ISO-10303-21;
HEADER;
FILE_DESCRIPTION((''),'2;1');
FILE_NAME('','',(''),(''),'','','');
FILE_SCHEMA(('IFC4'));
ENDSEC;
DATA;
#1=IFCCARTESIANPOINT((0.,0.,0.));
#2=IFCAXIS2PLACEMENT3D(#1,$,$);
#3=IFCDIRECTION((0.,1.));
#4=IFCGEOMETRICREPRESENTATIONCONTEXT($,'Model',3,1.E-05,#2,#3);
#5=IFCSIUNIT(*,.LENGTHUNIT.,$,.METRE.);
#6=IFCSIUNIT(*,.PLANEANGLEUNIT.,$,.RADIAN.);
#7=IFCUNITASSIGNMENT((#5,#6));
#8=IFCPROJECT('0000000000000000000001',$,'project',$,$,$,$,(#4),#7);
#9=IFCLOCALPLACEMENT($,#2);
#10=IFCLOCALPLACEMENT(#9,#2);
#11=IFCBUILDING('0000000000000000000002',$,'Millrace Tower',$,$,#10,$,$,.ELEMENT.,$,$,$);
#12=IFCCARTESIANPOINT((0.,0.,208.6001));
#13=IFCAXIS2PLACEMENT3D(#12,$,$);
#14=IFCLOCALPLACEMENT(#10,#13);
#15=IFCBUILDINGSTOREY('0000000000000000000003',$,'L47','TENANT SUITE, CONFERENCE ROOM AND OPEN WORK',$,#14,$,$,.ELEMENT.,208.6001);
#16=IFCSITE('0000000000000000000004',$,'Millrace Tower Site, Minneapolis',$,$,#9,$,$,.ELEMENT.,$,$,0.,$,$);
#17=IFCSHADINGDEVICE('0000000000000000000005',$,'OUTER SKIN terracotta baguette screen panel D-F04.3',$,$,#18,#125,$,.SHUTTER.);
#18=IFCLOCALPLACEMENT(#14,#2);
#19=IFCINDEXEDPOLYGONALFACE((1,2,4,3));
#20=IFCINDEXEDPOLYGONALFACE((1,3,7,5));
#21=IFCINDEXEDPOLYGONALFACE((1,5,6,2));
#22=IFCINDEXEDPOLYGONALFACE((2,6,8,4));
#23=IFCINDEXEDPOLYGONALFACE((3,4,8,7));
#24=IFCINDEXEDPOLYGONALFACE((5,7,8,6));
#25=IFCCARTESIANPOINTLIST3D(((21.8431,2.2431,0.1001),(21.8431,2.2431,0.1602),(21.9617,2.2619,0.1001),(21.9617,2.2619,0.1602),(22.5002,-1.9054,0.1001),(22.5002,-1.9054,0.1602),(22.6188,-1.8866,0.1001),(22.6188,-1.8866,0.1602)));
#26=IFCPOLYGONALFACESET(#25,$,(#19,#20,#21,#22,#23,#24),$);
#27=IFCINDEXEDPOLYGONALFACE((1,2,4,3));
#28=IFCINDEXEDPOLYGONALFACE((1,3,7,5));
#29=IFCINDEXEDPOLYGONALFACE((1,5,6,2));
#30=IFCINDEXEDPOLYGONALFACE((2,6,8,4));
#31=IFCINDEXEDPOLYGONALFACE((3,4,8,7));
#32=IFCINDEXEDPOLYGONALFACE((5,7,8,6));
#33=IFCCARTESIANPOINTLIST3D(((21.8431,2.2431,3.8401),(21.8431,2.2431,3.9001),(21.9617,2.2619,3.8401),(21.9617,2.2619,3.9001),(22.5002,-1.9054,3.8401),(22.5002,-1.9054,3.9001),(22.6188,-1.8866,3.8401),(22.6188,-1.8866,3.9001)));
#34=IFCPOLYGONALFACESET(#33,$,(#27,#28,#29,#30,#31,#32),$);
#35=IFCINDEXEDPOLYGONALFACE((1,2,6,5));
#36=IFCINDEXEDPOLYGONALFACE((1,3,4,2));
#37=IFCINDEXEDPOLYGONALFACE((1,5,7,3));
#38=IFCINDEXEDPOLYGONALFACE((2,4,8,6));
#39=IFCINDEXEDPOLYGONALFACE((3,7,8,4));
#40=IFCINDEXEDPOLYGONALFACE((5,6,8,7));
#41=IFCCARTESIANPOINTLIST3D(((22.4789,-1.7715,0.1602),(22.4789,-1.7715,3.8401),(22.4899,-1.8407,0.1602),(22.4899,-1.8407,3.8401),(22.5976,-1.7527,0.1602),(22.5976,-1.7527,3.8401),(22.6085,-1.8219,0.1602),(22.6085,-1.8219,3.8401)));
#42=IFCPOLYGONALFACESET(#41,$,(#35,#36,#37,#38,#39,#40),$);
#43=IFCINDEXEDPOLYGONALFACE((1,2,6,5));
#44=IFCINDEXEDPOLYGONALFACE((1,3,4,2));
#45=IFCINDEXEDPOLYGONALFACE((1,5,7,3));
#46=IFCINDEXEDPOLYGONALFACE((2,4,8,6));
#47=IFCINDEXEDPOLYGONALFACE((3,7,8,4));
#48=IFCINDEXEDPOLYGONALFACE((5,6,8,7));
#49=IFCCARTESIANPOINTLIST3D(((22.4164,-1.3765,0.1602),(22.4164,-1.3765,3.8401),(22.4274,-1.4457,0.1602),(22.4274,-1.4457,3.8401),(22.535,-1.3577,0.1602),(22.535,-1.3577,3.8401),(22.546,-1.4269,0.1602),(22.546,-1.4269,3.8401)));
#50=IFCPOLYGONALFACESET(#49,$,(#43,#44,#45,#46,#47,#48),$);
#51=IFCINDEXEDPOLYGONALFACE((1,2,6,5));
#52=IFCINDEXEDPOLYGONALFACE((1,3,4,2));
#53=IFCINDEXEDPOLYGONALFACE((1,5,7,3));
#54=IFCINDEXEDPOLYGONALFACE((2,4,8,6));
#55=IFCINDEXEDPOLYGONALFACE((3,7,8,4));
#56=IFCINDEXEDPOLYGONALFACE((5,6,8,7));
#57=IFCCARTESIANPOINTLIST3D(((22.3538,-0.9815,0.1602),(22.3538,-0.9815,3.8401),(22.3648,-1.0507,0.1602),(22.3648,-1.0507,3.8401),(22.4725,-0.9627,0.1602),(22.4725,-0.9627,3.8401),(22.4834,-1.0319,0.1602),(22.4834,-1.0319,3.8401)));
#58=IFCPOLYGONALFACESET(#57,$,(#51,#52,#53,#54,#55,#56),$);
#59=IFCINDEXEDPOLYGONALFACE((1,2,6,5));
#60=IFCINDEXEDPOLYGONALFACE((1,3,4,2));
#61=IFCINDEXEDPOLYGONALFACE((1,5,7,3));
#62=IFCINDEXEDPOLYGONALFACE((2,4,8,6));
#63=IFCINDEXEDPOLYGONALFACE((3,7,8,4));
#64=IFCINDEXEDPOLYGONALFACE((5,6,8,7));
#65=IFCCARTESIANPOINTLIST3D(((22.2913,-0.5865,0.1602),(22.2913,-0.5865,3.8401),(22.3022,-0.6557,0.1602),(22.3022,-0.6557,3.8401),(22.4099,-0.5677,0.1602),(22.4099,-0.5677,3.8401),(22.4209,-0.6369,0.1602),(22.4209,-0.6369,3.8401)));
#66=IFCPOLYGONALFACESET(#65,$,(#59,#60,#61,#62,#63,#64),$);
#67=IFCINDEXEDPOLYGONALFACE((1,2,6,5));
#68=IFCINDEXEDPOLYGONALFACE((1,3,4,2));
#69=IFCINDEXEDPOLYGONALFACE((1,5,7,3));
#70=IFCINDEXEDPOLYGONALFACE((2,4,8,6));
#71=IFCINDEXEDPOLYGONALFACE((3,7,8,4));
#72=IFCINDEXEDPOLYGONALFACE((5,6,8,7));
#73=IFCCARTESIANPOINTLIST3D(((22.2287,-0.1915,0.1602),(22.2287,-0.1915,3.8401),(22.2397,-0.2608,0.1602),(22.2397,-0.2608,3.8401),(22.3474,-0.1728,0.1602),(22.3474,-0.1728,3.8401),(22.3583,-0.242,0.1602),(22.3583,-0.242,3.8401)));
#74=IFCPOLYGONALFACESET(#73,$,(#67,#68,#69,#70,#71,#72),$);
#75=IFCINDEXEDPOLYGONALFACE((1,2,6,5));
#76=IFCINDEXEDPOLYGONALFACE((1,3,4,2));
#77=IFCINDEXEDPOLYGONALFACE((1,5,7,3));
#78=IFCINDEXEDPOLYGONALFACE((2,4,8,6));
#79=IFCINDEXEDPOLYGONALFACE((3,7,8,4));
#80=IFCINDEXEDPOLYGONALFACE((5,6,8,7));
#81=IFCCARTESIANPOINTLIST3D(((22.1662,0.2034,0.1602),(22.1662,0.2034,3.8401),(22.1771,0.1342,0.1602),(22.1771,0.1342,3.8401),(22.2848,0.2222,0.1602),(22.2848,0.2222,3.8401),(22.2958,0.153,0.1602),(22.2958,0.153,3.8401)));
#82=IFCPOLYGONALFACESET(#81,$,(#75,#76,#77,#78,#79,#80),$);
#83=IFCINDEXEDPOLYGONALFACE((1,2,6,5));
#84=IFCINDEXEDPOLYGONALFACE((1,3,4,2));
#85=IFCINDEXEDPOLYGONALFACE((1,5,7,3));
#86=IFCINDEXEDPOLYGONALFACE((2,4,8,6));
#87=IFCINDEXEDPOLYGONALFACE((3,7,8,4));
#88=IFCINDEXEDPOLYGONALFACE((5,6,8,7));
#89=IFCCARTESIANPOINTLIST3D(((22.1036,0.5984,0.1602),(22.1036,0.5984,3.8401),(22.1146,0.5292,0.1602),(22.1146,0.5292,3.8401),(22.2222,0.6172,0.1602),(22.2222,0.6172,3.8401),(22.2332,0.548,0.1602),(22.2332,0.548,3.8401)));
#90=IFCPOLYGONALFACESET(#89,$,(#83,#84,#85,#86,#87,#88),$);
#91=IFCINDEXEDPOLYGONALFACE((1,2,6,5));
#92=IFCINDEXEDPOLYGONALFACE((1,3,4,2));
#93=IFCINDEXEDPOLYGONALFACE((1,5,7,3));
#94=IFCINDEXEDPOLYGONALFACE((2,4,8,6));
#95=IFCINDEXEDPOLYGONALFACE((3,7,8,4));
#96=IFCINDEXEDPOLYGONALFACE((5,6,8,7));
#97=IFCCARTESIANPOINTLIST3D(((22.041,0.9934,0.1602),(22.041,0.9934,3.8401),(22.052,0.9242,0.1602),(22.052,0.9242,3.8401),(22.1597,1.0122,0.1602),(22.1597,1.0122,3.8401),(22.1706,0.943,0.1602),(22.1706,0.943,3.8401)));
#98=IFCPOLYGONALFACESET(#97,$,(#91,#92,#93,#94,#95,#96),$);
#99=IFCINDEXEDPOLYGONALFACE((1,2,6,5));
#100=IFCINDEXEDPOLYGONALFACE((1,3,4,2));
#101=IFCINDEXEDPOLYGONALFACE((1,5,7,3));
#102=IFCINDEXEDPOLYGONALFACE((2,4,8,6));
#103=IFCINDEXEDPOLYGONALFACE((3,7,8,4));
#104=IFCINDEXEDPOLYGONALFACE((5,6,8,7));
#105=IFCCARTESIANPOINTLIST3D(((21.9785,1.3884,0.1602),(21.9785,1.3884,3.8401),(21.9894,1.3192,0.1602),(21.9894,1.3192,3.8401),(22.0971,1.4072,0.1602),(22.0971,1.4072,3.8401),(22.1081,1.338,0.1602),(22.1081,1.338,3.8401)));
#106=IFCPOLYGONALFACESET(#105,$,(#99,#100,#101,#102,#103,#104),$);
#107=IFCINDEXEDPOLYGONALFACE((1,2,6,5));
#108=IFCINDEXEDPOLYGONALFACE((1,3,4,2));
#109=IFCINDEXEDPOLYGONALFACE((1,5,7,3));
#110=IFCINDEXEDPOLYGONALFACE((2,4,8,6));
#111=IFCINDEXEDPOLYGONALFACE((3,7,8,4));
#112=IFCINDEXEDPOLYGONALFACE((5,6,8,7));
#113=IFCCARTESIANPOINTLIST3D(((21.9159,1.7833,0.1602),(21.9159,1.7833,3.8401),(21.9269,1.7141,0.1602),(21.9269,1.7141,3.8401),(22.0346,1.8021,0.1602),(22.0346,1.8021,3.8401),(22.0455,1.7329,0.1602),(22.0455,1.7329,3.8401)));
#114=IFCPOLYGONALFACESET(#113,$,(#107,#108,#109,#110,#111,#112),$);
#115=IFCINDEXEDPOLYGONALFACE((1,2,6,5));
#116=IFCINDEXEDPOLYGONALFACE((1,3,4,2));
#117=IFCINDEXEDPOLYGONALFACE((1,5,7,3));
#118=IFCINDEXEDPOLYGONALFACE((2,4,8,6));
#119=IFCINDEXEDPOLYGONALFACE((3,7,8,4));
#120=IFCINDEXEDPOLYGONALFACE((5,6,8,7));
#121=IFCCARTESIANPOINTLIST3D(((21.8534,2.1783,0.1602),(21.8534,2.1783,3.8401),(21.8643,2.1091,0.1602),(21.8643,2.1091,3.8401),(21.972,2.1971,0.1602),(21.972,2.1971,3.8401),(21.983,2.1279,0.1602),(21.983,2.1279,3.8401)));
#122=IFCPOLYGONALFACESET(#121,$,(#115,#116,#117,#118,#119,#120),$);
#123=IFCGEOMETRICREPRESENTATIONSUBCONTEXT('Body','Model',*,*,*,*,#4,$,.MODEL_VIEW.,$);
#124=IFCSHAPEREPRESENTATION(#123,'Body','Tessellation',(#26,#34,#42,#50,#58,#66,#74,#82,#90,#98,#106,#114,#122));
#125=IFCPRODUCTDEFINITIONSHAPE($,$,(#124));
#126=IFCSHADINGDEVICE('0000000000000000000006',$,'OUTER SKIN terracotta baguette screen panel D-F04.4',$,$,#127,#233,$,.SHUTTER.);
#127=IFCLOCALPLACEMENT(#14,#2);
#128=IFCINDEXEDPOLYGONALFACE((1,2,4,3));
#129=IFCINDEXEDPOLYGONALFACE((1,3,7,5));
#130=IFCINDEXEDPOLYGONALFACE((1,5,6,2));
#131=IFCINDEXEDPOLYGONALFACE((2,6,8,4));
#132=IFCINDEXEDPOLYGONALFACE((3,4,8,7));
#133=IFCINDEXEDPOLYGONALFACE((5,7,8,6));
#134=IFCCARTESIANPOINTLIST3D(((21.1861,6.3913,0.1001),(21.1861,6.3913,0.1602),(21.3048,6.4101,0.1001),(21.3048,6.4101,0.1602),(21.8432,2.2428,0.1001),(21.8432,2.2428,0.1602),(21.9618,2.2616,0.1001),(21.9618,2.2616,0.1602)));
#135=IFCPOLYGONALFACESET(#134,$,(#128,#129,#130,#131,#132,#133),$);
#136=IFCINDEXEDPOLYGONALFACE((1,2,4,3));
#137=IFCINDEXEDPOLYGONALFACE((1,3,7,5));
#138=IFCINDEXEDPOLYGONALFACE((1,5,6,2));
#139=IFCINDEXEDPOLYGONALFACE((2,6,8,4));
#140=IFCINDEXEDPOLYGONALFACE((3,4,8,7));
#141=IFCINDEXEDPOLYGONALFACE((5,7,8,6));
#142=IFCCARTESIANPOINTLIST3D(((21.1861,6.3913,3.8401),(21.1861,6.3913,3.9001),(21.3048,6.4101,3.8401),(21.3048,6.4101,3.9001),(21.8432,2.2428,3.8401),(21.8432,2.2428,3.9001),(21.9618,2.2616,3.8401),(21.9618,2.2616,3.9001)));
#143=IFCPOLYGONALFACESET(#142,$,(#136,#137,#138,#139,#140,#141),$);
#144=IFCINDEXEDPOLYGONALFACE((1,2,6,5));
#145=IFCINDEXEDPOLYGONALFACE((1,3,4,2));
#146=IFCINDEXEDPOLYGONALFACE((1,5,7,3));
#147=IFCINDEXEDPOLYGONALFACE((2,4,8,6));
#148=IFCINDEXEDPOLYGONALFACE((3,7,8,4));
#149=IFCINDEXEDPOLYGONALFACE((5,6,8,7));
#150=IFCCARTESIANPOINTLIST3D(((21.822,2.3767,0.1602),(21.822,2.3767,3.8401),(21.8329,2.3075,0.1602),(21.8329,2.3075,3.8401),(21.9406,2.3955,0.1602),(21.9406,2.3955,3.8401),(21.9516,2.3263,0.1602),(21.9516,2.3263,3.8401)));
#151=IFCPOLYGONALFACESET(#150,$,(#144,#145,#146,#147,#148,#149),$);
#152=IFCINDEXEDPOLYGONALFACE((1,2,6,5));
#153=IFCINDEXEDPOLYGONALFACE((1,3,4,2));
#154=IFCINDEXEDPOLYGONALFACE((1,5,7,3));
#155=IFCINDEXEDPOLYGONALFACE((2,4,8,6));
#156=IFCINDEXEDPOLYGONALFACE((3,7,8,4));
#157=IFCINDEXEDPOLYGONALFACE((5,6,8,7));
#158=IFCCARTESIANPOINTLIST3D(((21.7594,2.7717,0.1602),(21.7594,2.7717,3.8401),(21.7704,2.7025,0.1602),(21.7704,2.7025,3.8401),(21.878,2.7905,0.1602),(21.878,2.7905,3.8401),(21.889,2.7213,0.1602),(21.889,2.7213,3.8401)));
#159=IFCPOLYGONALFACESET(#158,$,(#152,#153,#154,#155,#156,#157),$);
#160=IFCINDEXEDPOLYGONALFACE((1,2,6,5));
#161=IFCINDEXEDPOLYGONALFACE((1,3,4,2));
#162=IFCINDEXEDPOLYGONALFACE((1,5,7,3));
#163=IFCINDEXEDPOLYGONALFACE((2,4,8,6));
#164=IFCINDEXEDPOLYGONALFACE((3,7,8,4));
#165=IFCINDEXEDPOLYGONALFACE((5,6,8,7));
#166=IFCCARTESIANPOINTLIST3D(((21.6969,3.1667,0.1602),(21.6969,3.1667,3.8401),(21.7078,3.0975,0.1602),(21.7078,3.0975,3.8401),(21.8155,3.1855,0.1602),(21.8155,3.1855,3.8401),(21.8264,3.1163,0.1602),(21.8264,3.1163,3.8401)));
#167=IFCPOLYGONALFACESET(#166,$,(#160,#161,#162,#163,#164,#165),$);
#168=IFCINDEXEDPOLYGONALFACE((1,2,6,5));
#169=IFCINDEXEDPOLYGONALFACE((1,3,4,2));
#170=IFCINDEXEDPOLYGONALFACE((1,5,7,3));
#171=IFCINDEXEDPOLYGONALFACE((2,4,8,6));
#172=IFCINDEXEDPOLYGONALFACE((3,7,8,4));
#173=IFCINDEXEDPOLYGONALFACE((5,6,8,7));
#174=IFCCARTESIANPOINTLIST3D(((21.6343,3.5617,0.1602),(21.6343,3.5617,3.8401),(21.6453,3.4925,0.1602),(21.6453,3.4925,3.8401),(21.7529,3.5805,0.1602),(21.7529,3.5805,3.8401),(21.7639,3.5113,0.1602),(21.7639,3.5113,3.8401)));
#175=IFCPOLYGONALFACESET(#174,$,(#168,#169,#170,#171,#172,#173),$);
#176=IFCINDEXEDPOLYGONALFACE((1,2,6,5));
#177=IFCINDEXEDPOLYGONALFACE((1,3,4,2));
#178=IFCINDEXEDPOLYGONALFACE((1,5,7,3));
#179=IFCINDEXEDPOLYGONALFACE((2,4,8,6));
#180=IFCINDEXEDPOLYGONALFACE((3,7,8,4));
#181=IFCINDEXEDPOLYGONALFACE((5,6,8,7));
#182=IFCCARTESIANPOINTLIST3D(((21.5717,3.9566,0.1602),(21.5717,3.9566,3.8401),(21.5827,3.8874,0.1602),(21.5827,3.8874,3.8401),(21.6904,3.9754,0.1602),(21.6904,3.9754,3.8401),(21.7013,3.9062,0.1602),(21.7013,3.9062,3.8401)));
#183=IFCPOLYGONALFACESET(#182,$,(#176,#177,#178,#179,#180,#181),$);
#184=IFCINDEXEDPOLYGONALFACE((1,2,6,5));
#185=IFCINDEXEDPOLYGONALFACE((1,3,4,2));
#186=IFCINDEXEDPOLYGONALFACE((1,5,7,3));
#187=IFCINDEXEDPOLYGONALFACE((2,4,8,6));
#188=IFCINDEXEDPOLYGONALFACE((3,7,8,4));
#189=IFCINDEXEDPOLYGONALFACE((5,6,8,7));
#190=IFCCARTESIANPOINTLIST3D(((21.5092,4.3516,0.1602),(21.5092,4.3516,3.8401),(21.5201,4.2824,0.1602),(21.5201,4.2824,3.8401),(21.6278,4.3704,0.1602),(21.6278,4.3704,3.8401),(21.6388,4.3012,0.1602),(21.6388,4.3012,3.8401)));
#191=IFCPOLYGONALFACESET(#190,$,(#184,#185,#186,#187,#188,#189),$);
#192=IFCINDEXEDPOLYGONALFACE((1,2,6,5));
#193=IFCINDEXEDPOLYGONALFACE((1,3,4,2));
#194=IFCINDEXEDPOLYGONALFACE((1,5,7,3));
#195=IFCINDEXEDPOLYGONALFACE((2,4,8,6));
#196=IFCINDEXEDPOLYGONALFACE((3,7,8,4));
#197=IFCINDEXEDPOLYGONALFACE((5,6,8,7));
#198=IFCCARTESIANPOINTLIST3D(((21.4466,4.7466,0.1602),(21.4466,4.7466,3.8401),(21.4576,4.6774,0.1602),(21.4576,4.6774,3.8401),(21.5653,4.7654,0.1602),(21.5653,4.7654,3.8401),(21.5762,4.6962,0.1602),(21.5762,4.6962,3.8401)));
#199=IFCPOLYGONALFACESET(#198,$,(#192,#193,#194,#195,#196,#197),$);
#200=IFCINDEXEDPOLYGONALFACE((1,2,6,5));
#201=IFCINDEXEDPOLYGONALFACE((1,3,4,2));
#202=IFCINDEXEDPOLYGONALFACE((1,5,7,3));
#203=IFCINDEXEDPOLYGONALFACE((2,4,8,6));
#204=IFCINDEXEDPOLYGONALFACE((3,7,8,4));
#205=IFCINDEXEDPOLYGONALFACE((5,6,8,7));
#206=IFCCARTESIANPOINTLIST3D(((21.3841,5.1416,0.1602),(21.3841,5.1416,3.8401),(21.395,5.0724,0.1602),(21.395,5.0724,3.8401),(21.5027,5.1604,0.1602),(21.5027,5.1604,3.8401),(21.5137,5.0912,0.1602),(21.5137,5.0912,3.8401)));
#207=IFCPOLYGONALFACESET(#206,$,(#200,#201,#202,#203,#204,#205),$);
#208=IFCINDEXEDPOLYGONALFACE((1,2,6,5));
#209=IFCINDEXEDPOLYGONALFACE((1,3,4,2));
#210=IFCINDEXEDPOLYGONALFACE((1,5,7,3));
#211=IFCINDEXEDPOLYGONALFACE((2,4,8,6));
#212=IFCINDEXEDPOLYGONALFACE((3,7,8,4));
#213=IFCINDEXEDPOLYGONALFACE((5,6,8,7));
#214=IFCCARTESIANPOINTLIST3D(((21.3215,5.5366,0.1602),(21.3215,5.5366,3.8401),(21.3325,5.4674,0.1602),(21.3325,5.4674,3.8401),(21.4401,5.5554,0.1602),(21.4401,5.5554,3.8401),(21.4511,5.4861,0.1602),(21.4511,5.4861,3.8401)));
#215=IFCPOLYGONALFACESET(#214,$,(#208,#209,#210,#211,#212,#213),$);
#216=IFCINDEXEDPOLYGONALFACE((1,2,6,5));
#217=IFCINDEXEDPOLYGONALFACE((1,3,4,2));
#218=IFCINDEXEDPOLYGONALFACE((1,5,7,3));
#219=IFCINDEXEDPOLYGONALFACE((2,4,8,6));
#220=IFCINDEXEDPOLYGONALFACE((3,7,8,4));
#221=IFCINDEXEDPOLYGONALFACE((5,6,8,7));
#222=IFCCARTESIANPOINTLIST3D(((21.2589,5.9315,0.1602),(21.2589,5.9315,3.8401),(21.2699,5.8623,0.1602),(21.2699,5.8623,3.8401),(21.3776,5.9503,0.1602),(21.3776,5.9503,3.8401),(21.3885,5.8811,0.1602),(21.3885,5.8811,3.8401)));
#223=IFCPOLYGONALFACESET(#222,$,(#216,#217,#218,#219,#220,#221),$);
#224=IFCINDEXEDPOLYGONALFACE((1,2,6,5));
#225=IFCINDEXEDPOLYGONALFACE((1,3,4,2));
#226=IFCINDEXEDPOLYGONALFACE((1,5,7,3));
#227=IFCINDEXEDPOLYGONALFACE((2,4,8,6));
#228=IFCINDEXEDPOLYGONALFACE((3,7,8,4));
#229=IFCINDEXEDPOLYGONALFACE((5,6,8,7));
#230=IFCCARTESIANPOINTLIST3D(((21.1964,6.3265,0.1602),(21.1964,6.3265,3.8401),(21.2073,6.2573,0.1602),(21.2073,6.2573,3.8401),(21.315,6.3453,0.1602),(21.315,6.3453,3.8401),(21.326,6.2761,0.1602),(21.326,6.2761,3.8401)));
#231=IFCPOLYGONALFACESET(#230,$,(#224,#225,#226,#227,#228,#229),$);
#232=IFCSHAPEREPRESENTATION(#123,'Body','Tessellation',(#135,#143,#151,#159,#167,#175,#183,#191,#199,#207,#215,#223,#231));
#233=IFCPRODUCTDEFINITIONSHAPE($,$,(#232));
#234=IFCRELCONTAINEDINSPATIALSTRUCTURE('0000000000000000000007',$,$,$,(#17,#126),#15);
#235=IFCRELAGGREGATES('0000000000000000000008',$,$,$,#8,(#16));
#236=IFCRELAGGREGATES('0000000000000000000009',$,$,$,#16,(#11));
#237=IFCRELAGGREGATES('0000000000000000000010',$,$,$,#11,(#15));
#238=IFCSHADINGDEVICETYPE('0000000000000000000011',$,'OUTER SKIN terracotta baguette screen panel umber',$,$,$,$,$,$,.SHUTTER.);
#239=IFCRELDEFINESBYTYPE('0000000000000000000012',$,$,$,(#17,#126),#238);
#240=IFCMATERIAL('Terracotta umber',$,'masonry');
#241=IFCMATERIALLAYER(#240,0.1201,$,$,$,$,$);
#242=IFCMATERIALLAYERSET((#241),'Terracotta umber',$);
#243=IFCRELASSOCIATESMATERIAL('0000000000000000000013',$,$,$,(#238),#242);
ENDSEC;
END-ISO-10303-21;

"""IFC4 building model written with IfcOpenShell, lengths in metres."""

from ifc_helpers import new_model, entity, si_unit, direction, frame, frame_2d, origin, origin_2d, place, context, subcontext, project, spatial, rectangle, extrude, source, transform, mapped, material, layer, layer_set, type_object, element, save


model = new_model("IFC4")

# Units and contexts
model_context = context("Model", 3, precision=1e-05, world=origin(), true_north=direction((0.0, 1.0)))
body_context = subcontext(model_context, "Body", "Model", "MODEL_VIEW")
ifc_project = project(units=[si_unit("LENGTHUNIT", "METRE"), si_unit("PLANEANGLEUNIT", "RADIAN")], contexts=[model_context])

# Site, building, storey
site_placement = place(None, origin())
site = spatial("IfcSite", under=ifc_project, at=site_placement, Name="Millrace Tower Site, Minneapolis", CompositionType="ELEMENT", RefElevation=0.0)
building_placement = place(site_placement, origin())
building = spatial("IfcBuilding", under=site, at=building_placement, Name="Millrace Tower", CompositionType="ELEMENT")
storey_placement = place(building_placement, frame((0.0, 0.0, 208.6001)))
storey = spatial("IfcBuildingStorey", under=building, at=storey_placement, Name="L47", Description="TENANT SUITE, CONFERENCE ROOM AND OPEN WORK", CompositionType="ELEMENT", Elevation=208.6001)

# Shading devices
ifc_material_1 = material(Name="Terracotta umber", Category="masonry")
ifc_layer_1 = layer(ifc_material_1, 0.1201)
ifc_layer_set_1 = layer_set([ifc_layer_1], Name="Terracotta umber")
shading_device_type = type_object("IfcShadingDeviceType", Name="OUTER SKIN terracotta baguette screen panel umber", PredefinedType="SHUTTER", material=ifc_layer_set_1)
cartesian_point = entity("IfcCartesianPoint", [-2.1001, 0.0601])
shared_polyline = entity("IfcPolyline", [cartesian_point, entity("IfcCartesianPoint", [2.1001, 0.0601]), entity("IfcCartesianPoint", [2.1001, -0.0601]), entity("IfcCartesianPoint", [-2.1001, -0.0601]), cartesian_point])
shared_shape = source(origin(), body_context, "Body", "SweptSolid", [
    entity("IfcExtrudedAreaSolid", entity("IfcArbitraryClosedProfileDef", "AREA", None, shared_polyline), entity("IfcAxis2Placement3D", entity("IfcCartesianPoint", [0.0, 0.0, 0.0])), entity("IfcDirection", [0.0, 0.0, 1.0]), 0.0601),
    entity("IfcExtrudedAreaSolid", entity("IfcArbitraryClosedProfileDef", "AREA", None, shared_polyline), entity("IfcAxis2Placement3D", entity("IfcCartesianPoint", [0.0, 0.0, 3.74])), entity("IfcDirection", [0.0, 0.0, 1.0]), 0.0601),
    extrude(rectangle(XDim=0.0701, YDim=0.1201, at=frame_2d((-1.9995, 0.0))), frame((0.0, 0.0, 0.0601)), (0.0, 0.0, 1.0), 3.6799),
    extrude(rectangle(XDim=0.0701, YDim=0.1201, at=frame_2d((-1.5996, 0.0))), frame((0.0, 0.0, 0.0601)), (0.0, 0.0, 1.0), 3.6799),
    extrude(rectangle(XDim=0.0701, YDim=0.1201, at=frame_2d((-1.1997, 0.0))), frame((0.0, 0.0, 0.0601)), (0.0, 0.0, 1.0), 3.6799),
    extrude(rectangle(XDim=0.0701, YDim=0.1201, at=frame_2d((-0.7998, 0.0))), frame((0.0, 0.0, 0.0601)), (0.0, 0.0, 1.0), 3.6799),
    extrude(rectangle(XDim=0.0701, YDim=0.1201, at=frame_2d((-0.3999, 0.0))), frame((0.0, 0.0, 0.0601)), (0.0, 0.0, 1.0), 3.6799),
    extrude(rectangle(XDim=0.0701, YDim=0.1201, at=origin_2d()), frame((0.0, 0.0, 0.0601)), (0.0, 0.0, 1.0), 3.6799),
    extrude(rectangle(XDim=0.0701, YDim=0.1201, at=frame_2d((0.3999, 0.0))), frame((0.0, 0.0, 0.0601)), (0.0, 0.0, 1.0), 3.6799),
    extrude(rectangle(XDim=0.0701, YDim=0.1201, at=frame_2d((0.7998, 0.0))), frame((0.0, 0.0, 0.0601)), (0.0, 0.0, 1.0), 3.6799),
    extrude(rectangle(XDim=0.0701, YDim=0.1201, at=frame_2d((1.1997, 0.0))), frame((0.0, 0.0, 0.0601)), (0.0, 0.0, 1.0), 3.6799),
    extrude(rectangle(XDim=0.0701, YDim=0.1201, at=frame_2d((1.5996, 0.0))), frame((0.0, 0.0, 0.0601)), (0.0, 0.0, 1.0), 3.6799),
    extrude(rectangle(XDim=0.0701, YDim=0.1201, at=frame_2d((1.9995, 0.0))), frame((0.0, 0.0, 0.0601)), (0.0, 0.0, 1.0), 3.6799),
])
for number, where, z_axis, x_axis, name in (
    (1, (22.231, 0.1782, 0.1001), (0.0, 0.0, 1.0), (-0.156434, 0.987688, 0.0), "OUTER SKIN terracotta baguette screen panel D-F04.3"),
    (2, (21.574, 4.3264, 0.1001), (0.0, 0.0, 1.0), (-0.156434, 0.987688, 0.0), "OUTER SKIN terracotta baguette screen panel D-F04.4"),
):
    element("IfcShadingDevice", number, at=place(storey_placement, frame(where, z_axis=z_axis, x_axis=x_axis)), inside=storey, type_object=shading_device_type, Name=name, PredefinedType="SHUTTER", context=body_context, shape_type="MappedRepresentation", body=[
        mapped(shared_shape, transform((0.0, 0.0, 0.0), scale=1.0)),
    ])

save(model, "model.ifc")
